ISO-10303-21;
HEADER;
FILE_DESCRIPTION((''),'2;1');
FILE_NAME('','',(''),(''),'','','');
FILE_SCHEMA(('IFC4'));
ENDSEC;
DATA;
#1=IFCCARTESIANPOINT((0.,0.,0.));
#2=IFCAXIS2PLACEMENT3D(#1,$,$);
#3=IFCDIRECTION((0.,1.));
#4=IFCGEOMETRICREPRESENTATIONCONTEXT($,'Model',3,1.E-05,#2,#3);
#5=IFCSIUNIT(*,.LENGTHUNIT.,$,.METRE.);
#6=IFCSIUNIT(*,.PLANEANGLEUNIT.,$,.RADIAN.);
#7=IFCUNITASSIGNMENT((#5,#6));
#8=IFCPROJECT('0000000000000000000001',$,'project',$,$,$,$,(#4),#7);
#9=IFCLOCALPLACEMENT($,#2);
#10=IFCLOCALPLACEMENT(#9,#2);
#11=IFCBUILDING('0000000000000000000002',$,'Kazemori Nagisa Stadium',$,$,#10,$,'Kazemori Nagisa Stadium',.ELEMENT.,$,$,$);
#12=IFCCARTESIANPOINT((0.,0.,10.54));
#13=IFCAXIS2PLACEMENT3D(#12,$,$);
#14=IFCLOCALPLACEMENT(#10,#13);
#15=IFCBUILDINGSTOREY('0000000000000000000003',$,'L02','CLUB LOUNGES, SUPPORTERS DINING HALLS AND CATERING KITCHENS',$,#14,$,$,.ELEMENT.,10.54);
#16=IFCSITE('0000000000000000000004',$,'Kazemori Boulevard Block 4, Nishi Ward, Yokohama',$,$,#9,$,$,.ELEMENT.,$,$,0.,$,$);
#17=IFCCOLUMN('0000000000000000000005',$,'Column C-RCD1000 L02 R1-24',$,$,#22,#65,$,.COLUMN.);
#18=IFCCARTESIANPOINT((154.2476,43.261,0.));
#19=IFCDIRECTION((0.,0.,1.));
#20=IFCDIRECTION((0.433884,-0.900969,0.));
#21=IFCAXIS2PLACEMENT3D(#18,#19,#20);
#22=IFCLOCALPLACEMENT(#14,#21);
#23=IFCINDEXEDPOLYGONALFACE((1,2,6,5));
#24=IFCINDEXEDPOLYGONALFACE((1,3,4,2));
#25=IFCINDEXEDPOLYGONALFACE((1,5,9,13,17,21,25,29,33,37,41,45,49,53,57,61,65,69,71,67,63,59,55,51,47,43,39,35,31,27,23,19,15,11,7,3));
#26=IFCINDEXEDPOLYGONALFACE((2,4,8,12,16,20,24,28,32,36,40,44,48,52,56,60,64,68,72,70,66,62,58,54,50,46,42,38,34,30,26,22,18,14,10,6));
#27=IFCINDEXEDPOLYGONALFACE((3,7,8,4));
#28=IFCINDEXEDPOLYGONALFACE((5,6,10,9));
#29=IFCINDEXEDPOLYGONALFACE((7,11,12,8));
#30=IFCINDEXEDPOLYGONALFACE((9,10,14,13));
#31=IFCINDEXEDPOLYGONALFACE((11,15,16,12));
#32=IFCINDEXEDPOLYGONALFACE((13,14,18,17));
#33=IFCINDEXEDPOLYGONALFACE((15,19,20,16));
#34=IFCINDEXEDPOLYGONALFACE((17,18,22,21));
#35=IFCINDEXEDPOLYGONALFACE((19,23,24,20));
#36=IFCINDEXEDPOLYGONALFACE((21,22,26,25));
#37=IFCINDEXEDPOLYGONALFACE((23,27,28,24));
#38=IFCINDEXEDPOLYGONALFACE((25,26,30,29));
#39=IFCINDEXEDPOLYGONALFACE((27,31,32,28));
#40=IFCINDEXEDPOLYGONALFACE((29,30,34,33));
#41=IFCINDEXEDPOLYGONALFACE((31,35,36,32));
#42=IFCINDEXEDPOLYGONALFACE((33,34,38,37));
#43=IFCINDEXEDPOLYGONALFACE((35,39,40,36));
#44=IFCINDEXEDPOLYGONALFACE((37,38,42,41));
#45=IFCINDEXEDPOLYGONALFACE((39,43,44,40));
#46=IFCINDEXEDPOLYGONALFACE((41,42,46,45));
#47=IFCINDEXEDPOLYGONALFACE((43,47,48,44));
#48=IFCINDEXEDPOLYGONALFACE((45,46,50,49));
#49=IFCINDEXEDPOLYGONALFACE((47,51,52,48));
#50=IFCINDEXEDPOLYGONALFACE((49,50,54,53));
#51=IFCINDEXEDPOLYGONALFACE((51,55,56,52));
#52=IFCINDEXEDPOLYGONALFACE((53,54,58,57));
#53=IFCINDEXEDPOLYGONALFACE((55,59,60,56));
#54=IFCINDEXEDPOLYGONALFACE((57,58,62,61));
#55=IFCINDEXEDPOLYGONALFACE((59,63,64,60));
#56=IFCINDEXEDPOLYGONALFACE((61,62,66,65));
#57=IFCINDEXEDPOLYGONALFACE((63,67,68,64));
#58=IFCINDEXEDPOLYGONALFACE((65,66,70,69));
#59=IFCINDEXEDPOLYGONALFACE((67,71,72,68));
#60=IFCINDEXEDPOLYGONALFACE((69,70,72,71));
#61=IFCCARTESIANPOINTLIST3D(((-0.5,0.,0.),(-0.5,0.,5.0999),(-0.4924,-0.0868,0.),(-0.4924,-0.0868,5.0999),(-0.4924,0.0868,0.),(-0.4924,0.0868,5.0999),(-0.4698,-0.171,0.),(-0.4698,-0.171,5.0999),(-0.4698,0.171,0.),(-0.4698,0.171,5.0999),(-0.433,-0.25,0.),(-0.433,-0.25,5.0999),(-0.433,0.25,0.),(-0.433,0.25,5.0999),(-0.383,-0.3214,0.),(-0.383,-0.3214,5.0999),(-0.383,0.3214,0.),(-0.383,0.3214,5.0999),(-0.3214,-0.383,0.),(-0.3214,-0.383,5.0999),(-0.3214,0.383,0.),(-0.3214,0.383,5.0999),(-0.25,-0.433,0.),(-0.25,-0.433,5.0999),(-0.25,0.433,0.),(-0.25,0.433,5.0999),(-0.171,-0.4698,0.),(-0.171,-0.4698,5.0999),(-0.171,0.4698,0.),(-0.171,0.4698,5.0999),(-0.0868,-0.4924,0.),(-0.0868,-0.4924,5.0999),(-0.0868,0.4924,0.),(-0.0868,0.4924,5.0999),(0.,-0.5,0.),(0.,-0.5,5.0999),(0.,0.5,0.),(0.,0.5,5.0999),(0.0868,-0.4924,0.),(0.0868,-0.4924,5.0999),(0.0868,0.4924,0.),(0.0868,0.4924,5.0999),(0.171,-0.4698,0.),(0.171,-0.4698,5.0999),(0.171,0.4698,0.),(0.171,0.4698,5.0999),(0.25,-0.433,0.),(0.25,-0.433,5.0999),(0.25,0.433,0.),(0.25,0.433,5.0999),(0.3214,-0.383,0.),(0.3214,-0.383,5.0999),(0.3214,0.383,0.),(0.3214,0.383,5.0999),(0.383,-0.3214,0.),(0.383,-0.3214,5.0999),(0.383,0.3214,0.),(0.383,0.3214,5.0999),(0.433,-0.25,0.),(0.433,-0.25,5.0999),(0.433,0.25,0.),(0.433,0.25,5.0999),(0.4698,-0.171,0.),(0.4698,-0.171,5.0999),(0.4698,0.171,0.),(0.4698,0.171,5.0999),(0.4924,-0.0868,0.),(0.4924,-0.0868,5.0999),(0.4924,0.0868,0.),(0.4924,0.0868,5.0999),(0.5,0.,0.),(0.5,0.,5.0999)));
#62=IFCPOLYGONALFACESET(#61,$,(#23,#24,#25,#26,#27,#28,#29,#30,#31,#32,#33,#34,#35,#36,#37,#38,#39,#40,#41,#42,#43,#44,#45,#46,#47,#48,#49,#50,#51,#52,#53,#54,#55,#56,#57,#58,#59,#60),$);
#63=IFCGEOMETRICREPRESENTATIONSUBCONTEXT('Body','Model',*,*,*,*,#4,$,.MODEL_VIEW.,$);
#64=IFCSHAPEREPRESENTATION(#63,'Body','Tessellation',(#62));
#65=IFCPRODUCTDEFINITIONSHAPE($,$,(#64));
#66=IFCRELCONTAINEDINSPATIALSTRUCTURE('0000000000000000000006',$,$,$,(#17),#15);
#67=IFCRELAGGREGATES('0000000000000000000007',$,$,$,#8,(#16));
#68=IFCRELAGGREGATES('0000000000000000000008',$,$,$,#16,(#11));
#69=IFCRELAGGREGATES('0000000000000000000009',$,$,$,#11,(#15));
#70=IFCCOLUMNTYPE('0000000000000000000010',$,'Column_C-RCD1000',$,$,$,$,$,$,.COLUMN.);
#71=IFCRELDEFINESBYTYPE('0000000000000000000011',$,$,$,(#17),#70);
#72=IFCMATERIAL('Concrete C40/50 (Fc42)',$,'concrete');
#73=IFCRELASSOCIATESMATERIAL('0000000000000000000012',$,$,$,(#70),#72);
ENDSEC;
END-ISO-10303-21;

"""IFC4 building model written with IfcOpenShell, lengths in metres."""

from ifc_helpers import new_model, si_unit, direction, frame, origin, origin_2d, place, context, subcontext, project, spatial, circle, extrude, material, material_profile, profile_set, type_object, element, save


model = new_model("IFC4")

# Units and contexts
model_context = context("Model", 3, precision=1e-05, world=origin(), true_north=direction((0.0, 1.0)))
body_context = subcontext(model_context, "Body", "Model", "MODEL_VIEW")
ifc_project = project(units=[si_unit("LENGTHUNIT", "METRE"), si_unit("PLANEANGLEUNIT", "RADIAN")], contexts=[model_context])

# Site, building, storey
site_placement = place(None, origin())
site = spatial("IfcSite", under=ifc_project, at=site_placement, Name="Kazemori Boulevard Block 4, Nishi Ward, Yokohama", CompositionType="ELEMENT", RefElevation=0.0)
building_placement = place(site_placement, origin())
building = spatial("IfcBuilding", under=site, at=building_placement, Name="Kazemori Nagisa Stadium", LongName="Kazemori Nagisa Stadium", CompositionType="ELEMENT")
storey_placement = place(building_placement, frame((0.0, 0.0, 10.54)))
storey = spatial("IfcBuildingStorey", under=building, at=storey_placement, Name="L02", Description="CLUB LOUNGES, SUPPORTERS DINING HALLS AND CATERING KITCHENS", CompositionType="ELEMENT", Elevation=10.54)

# Column
ifc_material_1 = material(Name="Concrete C40/50 (Fc42)", Category="concrete")
ifc_material_profile_1 = material_profile(ifc_material_1, circle(Radius=0.5, at=origin_2d()), Name="RC-COL-D1000")
ifc_profile_set_1 = profile_set([ifc_material_profile_1], Name="Concrete C40/50 (Fc42)")
column_type = type_object("IfcColumnType", Name="Column_C-RCD1000", PredefinedType="COLUMN", material=ifc_profile_set_1)
column_placement = place(storey_placement, frame((154.2476, 43.261, 0.0), z_axis=(0.0, 0.0, 1.0), x_axis=(0.433884, -0.900969, 0.0)))
element("IfcColumn", 1, at=column_placement, inside=storey, type_object=column_type, Name="Column C-RCD1000 L02 R1-24", PredefinedType="COLUMN", context=body_context, shape_type="SweptSolid", body=[
    extrude(circle(Radius=0.5, at=origin_2d()), origin(), (0.0, 0.0, 1.0), 5.0999),
])

save(model, "model.ifc")
